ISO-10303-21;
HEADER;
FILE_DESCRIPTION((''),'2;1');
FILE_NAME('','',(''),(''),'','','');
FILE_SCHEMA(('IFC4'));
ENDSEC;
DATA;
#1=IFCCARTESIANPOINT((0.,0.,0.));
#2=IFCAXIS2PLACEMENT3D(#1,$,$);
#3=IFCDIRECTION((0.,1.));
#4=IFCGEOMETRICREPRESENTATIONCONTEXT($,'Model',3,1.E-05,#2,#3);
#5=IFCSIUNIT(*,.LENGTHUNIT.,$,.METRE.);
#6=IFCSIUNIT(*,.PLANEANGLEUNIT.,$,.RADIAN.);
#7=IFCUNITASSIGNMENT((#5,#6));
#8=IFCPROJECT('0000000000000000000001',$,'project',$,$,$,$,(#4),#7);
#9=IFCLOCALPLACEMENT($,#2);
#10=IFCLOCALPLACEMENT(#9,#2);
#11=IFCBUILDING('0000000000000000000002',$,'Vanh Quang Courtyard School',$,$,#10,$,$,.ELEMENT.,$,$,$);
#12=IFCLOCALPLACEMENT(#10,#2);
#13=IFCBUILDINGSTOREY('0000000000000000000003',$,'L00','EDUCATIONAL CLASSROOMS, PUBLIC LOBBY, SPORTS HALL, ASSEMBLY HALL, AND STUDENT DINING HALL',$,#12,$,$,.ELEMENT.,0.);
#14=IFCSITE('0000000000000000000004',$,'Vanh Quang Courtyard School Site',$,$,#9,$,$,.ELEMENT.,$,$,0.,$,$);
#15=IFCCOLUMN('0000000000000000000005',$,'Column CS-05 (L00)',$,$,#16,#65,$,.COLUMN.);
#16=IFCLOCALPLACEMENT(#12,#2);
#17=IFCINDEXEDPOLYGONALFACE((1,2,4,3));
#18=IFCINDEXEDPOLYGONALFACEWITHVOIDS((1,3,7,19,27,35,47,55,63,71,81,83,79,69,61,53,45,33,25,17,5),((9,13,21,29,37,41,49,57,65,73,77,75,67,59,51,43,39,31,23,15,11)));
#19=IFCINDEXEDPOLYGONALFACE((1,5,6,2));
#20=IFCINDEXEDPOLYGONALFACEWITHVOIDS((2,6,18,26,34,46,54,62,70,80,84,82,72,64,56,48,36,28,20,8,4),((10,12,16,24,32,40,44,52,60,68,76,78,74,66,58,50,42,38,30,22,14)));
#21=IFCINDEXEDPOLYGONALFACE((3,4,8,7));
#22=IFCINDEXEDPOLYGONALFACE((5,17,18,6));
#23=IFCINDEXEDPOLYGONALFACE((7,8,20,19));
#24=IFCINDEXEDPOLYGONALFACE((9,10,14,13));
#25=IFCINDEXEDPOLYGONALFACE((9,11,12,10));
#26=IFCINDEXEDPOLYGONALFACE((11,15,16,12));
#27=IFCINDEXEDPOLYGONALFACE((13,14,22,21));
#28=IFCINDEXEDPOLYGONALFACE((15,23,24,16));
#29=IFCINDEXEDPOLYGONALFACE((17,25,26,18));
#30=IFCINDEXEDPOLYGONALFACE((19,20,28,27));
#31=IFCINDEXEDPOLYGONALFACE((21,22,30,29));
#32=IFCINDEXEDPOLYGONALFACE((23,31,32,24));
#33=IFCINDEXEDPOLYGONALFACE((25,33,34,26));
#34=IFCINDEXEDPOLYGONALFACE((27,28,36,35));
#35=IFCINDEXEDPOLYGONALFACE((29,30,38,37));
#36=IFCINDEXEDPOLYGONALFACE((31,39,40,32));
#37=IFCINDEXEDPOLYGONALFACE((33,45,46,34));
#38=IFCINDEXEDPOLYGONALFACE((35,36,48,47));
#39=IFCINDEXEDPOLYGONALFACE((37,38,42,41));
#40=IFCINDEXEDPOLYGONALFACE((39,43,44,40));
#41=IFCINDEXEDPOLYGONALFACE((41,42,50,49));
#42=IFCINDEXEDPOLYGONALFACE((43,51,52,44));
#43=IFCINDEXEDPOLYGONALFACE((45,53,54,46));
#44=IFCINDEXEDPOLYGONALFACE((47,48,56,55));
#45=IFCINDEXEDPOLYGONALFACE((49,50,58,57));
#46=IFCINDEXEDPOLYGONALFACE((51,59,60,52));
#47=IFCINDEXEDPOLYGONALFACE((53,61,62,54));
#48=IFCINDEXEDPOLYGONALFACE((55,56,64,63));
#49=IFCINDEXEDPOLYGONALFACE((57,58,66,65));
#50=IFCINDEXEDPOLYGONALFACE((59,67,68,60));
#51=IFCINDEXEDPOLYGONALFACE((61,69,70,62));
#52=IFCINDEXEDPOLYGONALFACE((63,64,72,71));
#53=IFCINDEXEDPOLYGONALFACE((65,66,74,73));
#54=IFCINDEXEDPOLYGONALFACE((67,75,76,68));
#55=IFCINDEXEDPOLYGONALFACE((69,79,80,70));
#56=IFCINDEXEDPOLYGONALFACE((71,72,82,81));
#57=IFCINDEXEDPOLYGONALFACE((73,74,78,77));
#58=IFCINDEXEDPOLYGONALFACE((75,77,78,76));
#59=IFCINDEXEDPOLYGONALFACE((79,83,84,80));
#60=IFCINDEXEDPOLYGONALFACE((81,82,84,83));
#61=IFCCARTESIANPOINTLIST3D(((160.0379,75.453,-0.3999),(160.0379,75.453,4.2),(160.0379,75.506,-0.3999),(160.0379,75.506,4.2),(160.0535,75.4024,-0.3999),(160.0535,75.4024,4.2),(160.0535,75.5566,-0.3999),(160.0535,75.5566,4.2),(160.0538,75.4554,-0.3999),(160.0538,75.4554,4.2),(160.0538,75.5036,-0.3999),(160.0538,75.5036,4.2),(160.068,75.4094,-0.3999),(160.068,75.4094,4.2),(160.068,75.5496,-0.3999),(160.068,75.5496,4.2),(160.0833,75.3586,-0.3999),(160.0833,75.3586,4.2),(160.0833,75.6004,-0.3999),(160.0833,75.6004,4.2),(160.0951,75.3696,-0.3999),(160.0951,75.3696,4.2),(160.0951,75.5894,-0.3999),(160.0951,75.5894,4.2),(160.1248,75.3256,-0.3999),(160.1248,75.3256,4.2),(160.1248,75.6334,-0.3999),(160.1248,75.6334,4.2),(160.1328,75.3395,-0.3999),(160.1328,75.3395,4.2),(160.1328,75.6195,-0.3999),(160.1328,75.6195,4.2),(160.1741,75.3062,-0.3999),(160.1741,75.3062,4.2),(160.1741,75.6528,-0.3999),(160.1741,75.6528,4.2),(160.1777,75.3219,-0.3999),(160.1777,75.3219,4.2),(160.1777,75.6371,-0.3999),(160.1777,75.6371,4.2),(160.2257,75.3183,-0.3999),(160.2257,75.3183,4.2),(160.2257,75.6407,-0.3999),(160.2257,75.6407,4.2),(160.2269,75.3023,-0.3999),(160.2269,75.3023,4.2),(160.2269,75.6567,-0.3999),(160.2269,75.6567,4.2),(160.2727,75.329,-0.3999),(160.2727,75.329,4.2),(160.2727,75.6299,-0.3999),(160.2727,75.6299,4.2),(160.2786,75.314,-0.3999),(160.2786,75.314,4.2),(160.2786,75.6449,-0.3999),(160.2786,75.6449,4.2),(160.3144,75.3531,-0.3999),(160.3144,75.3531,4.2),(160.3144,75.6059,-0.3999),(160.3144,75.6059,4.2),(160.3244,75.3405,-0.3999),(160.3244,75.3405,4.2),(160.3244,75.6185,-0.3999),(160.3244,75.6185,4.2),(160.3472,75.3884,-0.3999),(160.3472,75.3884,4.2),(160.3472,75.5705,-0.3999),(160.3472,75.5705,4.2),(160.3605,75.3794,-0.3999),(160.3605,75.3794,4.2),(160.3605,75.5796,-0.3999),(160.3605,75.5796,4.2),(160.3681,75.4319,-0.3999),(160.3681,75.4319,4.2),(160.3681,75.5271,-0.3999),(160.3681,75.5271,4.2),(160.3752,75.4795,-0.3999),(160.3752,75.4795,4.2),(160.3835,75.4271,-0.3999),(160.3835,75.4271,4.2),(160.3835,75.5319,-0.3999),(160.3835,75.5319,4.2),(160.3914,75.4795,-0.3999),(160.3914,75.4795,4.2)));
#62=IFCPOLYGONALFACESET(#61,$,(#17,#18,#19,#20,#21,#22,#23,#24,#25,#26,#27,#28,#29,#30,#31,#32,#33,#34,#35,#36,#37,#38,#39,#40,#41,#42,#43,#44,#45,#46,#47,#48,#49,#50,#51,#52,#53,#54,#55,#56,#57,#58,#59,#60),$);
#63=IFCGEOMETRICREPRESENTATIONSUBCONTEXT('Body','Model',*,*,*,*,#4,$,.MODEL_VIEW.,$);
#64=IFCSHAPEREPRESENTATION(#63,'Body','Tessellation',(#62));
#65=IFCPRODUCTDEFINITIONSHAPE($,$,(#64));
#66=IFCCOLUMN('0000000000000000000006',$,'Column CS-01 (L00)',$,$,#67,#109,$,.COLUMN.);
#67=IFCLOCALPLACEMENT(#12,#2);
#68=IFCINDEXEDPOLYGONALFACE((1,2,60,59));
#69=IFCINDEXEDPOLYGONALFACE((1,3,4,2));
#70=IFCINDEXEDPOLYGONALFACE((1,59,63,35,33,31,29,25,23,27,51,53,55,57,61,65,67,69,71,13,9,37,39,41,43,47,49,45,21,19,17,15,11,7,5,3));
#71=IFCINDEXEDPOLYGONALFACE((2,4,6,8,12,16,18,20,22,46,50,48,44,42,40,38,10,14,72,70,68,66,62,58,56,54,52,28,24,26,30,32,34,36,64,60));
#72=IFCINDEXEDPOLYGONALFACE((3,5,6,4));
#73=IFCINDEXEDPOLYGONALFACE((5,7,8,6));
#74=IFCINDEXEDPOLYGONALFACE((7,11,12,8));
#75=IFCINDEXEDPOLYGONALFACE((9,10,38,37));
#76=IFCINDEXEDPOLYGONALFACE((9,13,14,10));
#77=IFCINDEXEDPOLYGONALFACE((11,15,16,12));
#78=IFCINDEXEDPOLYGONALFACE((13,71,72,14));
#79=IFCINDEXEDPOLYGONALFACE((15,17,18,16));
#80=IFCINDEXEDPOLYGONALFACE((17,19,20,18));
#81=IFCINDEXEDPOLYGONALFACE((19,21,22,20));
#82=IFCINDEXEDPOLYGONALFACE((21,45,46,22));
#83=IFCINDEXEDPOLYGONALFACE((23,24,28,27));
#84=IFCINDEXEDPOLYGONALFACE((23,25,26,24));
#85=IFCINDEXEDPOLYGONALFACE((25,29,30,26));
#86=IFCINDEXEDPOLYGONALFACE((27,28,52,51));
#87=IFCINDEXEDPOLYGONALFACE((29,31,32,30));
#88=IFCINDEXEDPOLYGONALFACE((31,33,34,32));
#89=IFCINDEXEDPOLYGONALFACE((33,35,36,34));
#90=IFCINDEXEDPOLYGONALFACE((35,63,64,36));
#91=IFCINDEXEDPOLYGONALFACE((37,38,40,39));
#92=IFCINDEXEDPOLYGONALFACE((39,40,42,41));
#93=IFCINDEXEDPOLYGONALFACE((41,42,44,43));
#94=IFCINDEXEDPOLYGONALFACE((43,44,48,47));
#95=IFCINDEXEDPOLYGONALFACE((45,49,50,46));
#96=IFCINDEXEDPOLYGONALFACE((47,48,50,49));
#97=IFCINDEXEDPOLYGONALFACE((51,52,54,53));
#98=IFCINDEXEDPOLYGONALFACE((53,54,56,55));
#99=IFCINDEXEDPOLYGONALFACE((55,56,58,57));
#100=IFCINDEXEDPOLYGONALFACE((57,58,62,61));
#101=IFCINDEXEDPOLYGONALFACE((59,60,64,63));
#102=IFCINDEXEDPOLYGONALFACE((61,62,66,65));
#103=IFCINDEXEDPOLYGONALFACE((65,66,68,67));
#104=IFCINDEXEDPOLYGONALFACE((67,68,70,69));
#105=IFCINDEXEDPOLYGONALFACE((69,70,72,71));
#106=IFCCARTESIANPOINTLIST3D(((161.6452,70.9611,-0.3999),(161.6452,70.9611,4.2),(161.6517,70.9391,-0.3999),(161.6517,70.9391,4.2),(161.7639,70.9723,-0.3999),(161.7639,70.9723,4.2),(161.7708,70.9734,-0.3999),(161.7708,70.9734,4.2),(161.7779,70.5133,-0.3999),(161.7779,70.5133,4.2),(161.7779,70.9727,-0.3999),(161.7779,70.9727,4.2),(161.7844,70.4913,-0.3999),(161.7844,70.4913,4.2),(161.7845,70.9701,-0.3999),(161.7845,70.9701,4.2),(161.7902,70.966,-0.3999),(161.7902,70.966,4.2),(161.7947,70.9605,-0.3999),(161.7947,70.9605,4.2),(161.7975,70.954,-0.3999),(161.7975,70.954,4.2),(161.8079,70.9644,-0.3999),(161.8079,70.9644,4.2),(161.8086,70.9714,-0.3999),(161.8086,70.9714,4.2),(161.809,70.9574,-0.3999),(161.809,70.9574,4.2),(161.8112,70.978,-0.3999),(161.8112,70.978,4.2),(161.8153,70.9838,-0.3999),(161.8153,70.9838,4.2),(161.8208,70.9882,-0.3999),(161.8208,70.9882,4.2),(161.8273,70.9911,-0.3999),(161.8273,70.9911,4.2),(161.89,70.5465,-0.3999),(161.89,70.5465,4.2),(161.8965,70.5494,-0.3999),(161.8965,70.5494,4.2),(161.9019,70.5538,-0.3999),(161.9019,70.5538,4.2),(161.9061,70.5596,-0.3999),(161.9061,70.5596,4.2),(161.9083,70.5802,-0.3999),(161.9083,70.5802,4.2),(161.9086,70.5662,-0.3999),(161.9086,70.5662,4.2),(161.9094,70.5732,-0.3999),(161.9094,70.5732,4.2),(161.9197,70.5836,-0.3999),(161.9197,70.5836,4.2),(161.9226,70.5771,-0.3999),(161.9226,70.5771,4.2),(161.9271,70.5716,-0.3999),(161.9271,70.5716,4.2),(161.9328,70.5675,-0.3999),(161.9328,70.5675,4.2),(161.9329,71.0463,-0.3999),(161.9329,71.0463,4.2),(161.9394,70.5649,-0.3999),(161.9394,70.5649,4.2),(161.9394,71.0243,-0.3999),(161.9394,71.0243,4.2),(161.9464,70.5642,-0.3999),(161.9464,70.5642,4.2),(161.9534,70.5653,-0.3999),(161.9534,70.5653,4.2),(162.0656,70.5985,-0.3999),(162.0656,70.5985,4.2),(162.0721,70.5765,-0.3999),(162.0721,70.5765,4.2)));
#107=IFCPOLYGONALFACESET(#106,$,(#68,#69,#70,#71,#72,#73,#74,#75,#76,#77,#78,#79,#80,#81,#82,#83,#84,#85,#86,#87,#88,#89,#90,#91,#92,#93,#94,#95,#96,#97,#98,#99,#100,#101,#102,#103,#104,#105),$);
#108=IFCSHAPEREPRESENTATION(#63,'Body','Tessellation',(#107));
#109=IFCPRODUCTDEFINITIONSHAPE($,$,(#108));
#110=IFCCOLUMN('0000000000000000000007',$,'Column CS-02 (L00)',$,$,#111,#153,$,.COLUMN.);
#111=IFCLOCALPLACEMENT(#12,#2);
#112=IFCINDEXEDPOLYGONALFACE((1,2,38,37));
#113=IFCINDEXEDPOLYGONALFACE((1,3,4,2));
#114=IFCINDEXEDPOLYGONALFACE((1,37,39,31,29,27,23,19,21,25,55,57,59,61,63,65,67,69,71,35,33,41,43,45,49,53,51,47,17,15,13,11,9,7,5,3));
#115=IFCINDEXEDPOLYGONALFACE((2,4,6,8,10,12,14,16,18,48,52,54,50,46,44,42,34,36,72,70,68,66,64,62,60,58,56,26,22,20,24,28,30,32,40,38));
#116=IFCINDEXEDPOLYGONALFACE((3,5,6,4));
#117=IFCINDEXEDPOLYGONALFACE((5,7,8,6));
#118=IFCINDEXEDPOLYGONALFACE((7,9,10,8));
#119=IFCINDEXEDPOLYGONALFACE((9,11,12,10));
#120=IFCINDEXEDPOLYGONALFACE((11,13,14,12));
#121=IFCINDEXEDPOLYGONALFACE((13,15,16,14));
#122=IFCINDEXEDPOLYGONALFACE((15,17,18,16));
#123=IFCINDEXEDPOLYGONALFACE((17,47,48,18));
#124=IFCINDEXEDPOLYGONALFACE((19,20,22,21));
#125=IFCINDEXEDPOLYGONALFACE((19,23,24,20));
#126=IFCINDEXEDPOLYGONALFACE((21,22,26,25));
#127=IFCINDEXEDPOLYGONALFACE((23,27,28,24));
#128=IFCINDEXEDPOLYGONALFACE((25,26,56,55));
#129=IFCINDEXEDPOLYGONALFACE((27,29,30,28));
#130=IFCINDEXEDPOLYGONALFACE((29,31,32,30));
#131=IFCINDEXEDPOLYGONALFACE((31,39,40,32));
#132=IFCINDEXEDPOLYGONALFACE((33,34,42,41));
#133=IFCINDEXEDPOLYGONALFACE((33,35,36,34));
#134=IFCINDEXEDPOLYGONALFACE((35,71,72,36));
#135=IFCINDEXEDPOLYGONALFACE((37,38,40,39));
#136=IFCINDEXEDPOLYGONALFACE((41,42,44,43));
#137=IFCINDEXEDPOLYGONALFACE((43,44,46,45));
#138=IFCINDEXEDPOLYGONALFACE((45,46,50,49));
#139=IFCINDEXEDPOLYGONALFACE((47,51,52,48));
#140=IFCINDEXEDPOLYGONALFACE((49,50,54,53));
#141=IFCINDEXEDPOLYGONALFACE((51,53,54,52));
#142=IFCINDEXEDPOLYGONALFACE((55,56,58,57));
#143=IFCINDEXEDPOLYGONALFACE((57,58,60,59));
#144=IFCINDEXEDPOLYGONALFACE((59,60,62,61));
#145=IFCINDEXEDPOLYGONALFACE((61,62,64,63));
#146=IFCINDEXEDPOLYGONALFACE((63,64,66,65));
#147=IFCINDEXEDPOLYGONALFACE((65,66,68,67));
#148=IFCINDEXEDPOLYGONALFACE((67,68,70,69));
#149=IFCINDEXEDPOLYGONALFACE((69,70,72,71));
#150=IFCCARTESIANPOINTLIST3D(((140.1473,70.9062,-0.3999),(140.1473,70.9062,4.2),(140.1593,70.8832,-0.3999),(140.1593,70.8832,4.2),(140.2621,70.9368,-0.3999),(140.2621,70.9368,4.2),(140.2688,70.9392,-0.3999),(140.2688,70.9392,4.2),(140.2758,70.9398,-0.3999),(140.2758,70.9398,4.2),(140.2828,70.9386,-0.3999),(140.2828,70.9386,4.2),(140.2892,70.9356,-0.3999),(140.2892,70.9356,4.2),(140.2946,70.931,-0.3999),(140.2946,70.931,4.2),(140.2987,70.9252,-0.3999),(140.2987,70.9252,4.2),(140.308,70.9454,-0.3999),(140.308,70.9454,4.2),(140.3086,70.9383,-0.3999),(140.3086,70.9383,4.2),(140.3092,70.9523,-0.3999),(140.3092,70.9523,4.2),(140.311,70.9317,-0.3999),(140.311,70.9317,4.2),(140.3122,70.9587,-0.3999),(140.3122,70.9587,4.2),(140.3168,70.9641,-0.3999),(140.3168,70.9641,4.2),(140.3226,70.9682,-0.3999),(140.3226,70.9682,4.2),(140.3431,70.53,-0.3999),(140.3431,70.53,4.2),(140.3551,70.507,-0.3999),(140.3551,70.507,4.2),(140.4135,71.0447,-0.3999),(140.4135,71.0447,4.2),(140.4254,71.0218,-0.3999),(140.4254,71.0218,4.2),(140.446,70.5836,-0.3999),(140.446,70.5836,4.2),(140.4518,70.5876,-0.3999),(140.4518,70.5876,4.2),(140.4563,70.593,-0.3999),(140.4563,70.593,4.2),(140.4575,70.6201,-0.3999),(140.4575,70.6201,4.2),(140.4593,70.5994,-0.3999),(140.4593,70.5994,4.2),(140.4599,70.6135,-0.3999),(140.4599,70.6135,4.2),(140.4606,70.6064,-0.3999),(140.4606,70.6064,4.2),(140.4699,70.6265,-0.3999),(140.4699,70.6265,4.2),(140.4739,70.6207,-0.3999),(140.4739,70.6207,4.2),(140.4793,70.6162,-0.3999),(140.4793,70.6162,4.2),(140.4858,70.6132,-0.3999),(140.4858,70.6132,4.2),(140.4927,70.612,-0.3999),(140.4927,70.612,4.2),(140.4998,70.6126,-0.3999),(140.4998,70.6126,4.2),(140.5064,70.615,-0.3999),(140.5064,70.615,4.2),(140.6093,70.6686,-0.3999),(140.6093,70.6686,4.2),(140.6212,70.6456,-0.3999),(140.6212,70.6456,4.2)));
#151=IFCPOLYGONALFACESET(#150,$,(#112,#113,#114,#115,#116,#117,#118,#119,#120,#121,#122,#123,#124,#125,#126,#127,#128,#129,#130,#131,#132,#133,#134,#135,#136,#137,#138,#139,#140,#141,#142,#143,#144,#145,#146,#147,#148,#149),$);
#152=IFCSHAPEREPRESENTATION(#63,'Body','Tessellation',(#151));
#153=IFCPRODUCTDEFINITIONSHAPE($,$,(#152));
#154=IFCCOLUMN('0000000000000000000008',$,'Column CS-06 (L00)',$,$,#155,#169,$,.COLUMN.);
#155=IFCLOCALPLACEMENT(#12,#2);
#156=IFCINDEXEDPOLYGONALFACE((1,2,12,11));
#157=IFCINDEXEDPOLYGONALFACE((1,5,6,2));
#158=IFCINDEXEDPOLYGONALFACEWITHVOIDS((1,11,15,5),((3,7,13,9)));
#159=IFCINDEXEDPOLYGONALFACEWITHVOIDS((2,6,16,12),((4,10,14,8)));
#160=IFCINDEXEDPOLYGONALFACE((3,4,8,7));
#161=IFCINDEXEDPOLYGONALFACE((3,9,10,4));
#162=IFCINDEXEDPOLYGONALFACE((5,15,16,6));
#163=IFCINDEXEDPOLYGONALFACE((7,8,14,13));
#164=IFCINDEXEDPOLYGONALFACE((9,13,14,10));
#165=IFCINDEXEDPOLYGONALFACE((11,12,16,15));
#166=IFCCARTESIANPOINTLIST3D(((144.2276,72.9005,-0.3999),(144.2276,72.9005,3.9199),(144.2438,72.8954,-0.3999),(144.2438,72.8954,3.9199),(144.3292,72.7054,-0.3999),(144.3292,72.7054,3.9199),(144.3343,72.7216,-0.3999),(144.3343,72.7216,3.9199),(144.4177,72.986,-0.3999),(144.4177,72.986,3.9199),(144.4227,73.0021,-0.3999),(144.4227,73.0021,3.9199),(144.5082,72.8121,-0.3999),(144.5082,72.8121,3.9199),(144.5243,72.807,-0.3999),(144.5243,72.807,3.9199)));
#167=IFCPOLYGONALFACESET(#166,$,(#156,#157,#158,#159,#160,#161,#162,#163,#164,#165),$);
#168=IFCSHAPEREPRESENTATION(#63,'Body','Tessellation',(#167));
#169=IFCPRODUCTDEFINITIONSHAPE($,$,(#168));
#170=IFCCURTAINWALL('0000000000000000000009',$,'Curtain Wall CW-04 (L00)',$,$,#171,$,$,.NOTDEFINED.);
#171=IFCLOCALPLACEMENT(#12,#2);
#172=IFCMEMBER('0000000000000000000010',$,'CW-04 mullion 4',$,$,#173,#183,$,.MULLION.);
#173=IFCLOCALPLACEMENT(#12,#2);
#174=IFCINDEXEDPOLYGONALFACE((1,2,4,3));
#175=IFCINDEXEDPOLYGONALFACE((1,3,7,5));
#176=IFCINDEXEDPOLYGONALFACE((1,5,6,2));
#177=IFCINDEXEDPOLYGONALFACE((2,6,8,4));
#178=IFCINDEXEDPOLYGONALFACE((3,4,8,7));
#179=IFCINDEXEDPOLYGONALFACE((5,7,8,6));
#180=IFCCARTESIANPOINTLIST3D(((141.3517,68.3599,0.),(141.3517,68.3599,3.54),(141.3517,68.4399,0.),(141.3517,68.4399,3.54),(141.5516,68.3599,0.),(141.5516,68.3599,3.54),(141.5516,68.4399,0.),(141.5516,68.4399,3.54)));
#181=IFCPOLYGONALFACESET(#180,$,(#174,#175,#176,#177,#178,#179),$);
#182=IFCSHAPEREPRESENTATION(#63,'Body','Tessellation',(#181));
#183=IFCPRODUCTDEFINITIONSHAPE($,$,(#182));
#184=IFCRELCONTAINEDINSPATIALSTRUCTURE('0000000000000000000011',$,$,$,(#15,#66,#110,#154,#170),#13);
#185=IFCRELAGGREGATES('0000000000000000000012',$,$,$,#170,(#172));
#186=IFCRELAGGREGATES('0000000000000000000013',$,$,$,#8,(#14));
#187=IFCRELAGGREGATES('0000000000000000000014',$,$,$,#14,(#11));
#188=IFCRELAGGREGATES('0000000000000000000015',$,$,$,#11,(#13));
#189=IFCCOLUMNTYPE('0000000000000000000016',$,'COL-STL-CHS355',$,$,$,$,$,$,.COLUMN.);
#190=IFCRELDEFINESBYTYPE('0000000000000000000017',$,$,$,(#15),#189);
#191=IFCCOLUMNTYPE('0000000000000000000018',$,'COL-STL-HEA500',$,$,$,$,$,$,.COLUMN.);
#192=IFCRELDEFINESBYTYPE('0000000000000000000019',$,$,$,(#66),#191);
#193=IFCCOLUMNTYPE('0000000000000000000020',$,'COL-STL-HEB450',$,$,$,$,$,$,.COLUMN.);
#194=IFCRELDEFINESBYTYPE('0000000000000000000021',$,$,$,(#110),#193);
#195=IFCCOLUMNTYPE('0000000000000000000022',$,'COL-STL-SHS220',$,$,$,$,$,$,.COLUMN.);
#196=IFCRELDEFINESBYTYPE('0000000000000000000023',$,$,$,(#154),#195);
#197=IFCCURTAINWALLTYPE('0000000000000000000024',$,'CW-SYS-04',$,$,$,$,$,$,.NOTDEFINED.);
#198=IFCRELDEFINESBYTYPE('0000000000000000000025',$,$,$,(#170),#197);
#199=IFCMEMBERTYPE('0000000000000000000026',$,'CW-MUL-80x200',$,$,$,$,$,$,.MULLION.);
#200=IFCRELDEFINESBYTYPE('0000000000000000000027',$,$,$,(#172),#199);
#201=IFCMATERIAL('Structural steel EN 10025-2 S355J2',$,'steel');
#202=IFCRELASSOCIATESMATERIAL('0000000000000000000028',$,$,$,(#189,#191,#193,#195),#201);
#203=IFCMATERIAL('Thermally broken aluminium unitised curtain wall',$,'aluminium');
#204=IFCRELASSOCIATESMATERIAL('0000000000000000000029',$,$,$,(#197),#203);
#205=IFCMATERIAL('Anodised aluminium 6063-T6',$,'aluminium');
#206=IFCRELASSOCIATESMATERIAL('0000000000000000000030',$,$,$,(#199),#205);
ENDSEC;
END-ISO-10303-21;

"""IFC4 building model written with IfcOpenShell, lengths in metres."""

from ifc_helpers import new_model, si_unit, direction, frame, origin, origin_2d, place, context, subcontext, project, spatial, rectangle, hollow_rectangle, hollow_circle, i_section, extrude, material, material_profile, profile_set, type_object, element, aggregate, save


model = new_model("IFC4")

# Units and contexts
model_context = context("Model", 3, precision=1e-05, world=origin(), true_north=direction((0.0, 1.0)))
body_context = subcontext(model_context, "Body", "Model", "MODEL_VIEW")
ifc_project = project(units=[si_unit("LENGTHUNIT", "METRE"), si_unit("PLANEANGLEUNIT", "RADIAN")], contexts=[model_context])

# Site, building, storey
site_placement = place(None, origin())
site = spatial("IfcSite", under=ifc_project, at=site_placement, Name="Vanh Quang Courtyard School Site", CompositionType="ELEMENT", RefElevation=0.0)
building_placement = place(site_placement, origin())
building = spatial("IfcBuilding", under=site, at=building_placement, Name="Vanh Quang Courtyard School", CompositionType="ELEMENT")
storey_placement = place(building_placement, origin())
storey = spatial("IfcBuildingStorey", under=building, at=storey_placement, Name="L00", Description="EDUCATIONAL CLASSROOMS, PUBLIC LOBBY, SPORTS HALL, ASSEMBLY HALL, AND STUDENT DINING HALL", CompositionType="ELEMENT", Elevation=0.0)

# Columns
ifc_material_1 = material(Name="Structural steel EN 10025-2 S355J2", Category="steel")
ifc_material_profile_1 = material_profile(ifc_material_1, hollow_circle(Radius=0.1777, WallThickness=0.0161, at=origin_2d()), Name="CHS 355.6x16")
ifc_profile_set_1 = profile_set([ifc_material_profile_1], Name="Structural steel EN 10025-2 S355J2")
column_type_1 = type_object("IfcColumnType", Name="COL-STL-CHS355", PredefinedType="COLUMN", material=ifc_profile_set_1)
column_1_placement = place(storey_placement, frame((160.2136, 75.4795, -0.3999), z_axis=(0.0, 0.0, 1.0), x_axis=(1.0, 0.0, 0.0)))
element("IfcColumn", 1, at=column_1_placement, inside=storey, type_object=column_type_1, Name="Column CS-05 (L00)", PredefinedType="COLUMN", context=body_context, shape_type="SweptSolid", body=[
    extrude(hollow_circle(Radius=0.1777, WallThickness=0.0161, at=origin_2d()), origin(), (0.0, 0.0, 1.0), 4.5999),
])
ifc_material_profile_2 = material_profile(ifc_material_1, i_section(OverallWidth=0.3, OverallDepth=0.49, WebThickness=0.012, FlangeThickness=0.0229, FilletRadius=0.0271, at=origin_2d()), Name="HEA 500")
ifc_profile_set_2 = profile_set([ifc_material_profile_2], Name="Structural steel EN 10025-2 S355J2")
column_type_2 = type_object("IfcColumnType", Name="COL-STL-HEA500", PredefinedType="COLUMN", material=ifc_profile_set_2)
column_2_placement = place(storey_placement, frame((161.8586, 70.7688, -0.3999), z_axis=(0.0, 0.0, 1.0), x_axis=(0.95882, 0.284015, 0.0)))
element("IfcColumn", 2, at=column_2_placement, inside=storey, type_object=column_type_2, Name="Column CS-01 (L00)", PredefinedType="COLUMN", context=body_context, shape_type="SweptSolid", body=[
    extrude(i_section(OverallWidth=0.3, OverallDepth=0.49, WebThickness=0.012, FlangeThickness=0.0229, FilletRadius=0.0271, at=origin_2d()), origin(), (0.0, 0.0, 1.0), 4.5999),
])
ifc_material_profile_3 = material_profile(ifc_material_1, i_section(OverallWidth=0.3, OverallDepth=0.45, WebThickness=0.0139, FlangeThickness=0.0259, FilletRadius=0.0271, at=origin_2d()), Name="HEB 450")
ifc_profile_set_3 = profile_set([ifc_material_profile_3], Name="Structural steel EN 10025-2 S355J2")
column_type_3 = type_object("IfcColumnType", Name="COL-STL-HEB450", PredefinedType="COLUMN", material=ifc_profile_set_3)
column_3_placement = place(storey_placement, frame((140.3843, 70.7759, -0.3999), z_axis=(0.0, 0.0, 1.0), x_axis=(0.887011, 0.461749, 0.0)))
element("IfcColumn", 3, at=column_3_placement, inside=storey, type_object=column_type_3, Name="Column CS-02 (L00)", PredefinedType="COLUMN", context=body_context, shape_type="SweptSolid", body=[
    extrude(i_section(OverallWidth=0.3, OverallDepth=0.45, WebThickness=0.0139, FlangeThickness=0.0259, FilletRadius=0.0271, at=origin_2d()), origin(), (0.0, 0.0, 1.0), 4.5999),
])
ifc_material_profile_4 = material_profile(ifc_material_1, hollow_rectangle(XDim=0.22, YDim=0.22, WallThickness=0.012, at=origin_2d()), Name="SHS 220x220x12")
ifc_profile_set_4 = profile_set([ifc_material_profile_4], Name="Structural steel EN 10025-2 S355J2")
column_type_4 = type_object("IfcColumnType", Name="COL-STL-SHS220", PredefinedType="COLUMN", material=ifc_profile_set_4)
column_4_placement = place(storey_placement, frame((144.376, 72.8538, -0.3999), z_axis=(0.0, 0.0, 1.0), x_axis=(0.887011, 0.461749, 0.0)))
element("IfcColumn", 4, at=column_4_placement, inside=storey, type_object=column_type_4, Name="Column CS-06 (L00)", PredefinedType="COLUMN", context=body_context, shape_type="SweptSolid", body=[
    extrude(hollow_rectangle(XDim=0.22, YDim=0.22, WallThickness=0.012, at=origin_2d()), origin(), (0.0, 0.0, 1.0), 4.3198),
])

# Curtain wall, member
ifc_material_2 = material(Name="Thermally broken aluminium unitised curtain wall", Category="aluminium")
curtain_wall_type = type_object("IfcCurtainWallType", Name="CW-SYS-04", PredefinedType="NOTDEFINED", material=ifc_material_2)
curtain_wall_placement = place(storey_placement, origin())
curtain_wall = element("IfcCurtainWall", 5, at=curtain_wall_placement, inside=storey, type_object=curtain_wall_type, Name="Curtain Wall CW-04 (L00)", PredefinedType="NOTDEFINED")
ifc_material_3 = material(Name="Anodised aluminium 6063-T6", Category="aluminium")
ifc_material_profile_5 = material_profile(ifc_material_3, rectangle(XDim=0.0801, YDim=0.2, at=origin_2d()), Name="ALU-MUL 80x200")
ifc_profile_set_5 = profile_set([ifc_material_profile_5], Name="Anodised aluminium 6063-T6")
member_type = type_object("IfcMemberType", Name="CW-MUL-80x200", PredefinedType="MULLION", material=ifc_profile_set_5)
member_placement = place(storey_placement, frame((141.4517, 68.3999, 0.0), z_axis=(0.0, 0.0, 1.0), x_axis=(0.0, 1.0, 0.0)))
member = element("IfcMember", 6, at=member_placement, type_object=member_type, Name="CW-04 mullion 4", PredefinedType="MULLION", context=body_context, shape_type="SweptSolid", body=[
    extrude(rectangle(XDim=0.0801, YDim=0.2, at=origin_2d()), origin(), (0.0, 0.0, 1.0), 3.54),
])
aggregate(curtain_wall, [member])

save(model, "model.ifc")
